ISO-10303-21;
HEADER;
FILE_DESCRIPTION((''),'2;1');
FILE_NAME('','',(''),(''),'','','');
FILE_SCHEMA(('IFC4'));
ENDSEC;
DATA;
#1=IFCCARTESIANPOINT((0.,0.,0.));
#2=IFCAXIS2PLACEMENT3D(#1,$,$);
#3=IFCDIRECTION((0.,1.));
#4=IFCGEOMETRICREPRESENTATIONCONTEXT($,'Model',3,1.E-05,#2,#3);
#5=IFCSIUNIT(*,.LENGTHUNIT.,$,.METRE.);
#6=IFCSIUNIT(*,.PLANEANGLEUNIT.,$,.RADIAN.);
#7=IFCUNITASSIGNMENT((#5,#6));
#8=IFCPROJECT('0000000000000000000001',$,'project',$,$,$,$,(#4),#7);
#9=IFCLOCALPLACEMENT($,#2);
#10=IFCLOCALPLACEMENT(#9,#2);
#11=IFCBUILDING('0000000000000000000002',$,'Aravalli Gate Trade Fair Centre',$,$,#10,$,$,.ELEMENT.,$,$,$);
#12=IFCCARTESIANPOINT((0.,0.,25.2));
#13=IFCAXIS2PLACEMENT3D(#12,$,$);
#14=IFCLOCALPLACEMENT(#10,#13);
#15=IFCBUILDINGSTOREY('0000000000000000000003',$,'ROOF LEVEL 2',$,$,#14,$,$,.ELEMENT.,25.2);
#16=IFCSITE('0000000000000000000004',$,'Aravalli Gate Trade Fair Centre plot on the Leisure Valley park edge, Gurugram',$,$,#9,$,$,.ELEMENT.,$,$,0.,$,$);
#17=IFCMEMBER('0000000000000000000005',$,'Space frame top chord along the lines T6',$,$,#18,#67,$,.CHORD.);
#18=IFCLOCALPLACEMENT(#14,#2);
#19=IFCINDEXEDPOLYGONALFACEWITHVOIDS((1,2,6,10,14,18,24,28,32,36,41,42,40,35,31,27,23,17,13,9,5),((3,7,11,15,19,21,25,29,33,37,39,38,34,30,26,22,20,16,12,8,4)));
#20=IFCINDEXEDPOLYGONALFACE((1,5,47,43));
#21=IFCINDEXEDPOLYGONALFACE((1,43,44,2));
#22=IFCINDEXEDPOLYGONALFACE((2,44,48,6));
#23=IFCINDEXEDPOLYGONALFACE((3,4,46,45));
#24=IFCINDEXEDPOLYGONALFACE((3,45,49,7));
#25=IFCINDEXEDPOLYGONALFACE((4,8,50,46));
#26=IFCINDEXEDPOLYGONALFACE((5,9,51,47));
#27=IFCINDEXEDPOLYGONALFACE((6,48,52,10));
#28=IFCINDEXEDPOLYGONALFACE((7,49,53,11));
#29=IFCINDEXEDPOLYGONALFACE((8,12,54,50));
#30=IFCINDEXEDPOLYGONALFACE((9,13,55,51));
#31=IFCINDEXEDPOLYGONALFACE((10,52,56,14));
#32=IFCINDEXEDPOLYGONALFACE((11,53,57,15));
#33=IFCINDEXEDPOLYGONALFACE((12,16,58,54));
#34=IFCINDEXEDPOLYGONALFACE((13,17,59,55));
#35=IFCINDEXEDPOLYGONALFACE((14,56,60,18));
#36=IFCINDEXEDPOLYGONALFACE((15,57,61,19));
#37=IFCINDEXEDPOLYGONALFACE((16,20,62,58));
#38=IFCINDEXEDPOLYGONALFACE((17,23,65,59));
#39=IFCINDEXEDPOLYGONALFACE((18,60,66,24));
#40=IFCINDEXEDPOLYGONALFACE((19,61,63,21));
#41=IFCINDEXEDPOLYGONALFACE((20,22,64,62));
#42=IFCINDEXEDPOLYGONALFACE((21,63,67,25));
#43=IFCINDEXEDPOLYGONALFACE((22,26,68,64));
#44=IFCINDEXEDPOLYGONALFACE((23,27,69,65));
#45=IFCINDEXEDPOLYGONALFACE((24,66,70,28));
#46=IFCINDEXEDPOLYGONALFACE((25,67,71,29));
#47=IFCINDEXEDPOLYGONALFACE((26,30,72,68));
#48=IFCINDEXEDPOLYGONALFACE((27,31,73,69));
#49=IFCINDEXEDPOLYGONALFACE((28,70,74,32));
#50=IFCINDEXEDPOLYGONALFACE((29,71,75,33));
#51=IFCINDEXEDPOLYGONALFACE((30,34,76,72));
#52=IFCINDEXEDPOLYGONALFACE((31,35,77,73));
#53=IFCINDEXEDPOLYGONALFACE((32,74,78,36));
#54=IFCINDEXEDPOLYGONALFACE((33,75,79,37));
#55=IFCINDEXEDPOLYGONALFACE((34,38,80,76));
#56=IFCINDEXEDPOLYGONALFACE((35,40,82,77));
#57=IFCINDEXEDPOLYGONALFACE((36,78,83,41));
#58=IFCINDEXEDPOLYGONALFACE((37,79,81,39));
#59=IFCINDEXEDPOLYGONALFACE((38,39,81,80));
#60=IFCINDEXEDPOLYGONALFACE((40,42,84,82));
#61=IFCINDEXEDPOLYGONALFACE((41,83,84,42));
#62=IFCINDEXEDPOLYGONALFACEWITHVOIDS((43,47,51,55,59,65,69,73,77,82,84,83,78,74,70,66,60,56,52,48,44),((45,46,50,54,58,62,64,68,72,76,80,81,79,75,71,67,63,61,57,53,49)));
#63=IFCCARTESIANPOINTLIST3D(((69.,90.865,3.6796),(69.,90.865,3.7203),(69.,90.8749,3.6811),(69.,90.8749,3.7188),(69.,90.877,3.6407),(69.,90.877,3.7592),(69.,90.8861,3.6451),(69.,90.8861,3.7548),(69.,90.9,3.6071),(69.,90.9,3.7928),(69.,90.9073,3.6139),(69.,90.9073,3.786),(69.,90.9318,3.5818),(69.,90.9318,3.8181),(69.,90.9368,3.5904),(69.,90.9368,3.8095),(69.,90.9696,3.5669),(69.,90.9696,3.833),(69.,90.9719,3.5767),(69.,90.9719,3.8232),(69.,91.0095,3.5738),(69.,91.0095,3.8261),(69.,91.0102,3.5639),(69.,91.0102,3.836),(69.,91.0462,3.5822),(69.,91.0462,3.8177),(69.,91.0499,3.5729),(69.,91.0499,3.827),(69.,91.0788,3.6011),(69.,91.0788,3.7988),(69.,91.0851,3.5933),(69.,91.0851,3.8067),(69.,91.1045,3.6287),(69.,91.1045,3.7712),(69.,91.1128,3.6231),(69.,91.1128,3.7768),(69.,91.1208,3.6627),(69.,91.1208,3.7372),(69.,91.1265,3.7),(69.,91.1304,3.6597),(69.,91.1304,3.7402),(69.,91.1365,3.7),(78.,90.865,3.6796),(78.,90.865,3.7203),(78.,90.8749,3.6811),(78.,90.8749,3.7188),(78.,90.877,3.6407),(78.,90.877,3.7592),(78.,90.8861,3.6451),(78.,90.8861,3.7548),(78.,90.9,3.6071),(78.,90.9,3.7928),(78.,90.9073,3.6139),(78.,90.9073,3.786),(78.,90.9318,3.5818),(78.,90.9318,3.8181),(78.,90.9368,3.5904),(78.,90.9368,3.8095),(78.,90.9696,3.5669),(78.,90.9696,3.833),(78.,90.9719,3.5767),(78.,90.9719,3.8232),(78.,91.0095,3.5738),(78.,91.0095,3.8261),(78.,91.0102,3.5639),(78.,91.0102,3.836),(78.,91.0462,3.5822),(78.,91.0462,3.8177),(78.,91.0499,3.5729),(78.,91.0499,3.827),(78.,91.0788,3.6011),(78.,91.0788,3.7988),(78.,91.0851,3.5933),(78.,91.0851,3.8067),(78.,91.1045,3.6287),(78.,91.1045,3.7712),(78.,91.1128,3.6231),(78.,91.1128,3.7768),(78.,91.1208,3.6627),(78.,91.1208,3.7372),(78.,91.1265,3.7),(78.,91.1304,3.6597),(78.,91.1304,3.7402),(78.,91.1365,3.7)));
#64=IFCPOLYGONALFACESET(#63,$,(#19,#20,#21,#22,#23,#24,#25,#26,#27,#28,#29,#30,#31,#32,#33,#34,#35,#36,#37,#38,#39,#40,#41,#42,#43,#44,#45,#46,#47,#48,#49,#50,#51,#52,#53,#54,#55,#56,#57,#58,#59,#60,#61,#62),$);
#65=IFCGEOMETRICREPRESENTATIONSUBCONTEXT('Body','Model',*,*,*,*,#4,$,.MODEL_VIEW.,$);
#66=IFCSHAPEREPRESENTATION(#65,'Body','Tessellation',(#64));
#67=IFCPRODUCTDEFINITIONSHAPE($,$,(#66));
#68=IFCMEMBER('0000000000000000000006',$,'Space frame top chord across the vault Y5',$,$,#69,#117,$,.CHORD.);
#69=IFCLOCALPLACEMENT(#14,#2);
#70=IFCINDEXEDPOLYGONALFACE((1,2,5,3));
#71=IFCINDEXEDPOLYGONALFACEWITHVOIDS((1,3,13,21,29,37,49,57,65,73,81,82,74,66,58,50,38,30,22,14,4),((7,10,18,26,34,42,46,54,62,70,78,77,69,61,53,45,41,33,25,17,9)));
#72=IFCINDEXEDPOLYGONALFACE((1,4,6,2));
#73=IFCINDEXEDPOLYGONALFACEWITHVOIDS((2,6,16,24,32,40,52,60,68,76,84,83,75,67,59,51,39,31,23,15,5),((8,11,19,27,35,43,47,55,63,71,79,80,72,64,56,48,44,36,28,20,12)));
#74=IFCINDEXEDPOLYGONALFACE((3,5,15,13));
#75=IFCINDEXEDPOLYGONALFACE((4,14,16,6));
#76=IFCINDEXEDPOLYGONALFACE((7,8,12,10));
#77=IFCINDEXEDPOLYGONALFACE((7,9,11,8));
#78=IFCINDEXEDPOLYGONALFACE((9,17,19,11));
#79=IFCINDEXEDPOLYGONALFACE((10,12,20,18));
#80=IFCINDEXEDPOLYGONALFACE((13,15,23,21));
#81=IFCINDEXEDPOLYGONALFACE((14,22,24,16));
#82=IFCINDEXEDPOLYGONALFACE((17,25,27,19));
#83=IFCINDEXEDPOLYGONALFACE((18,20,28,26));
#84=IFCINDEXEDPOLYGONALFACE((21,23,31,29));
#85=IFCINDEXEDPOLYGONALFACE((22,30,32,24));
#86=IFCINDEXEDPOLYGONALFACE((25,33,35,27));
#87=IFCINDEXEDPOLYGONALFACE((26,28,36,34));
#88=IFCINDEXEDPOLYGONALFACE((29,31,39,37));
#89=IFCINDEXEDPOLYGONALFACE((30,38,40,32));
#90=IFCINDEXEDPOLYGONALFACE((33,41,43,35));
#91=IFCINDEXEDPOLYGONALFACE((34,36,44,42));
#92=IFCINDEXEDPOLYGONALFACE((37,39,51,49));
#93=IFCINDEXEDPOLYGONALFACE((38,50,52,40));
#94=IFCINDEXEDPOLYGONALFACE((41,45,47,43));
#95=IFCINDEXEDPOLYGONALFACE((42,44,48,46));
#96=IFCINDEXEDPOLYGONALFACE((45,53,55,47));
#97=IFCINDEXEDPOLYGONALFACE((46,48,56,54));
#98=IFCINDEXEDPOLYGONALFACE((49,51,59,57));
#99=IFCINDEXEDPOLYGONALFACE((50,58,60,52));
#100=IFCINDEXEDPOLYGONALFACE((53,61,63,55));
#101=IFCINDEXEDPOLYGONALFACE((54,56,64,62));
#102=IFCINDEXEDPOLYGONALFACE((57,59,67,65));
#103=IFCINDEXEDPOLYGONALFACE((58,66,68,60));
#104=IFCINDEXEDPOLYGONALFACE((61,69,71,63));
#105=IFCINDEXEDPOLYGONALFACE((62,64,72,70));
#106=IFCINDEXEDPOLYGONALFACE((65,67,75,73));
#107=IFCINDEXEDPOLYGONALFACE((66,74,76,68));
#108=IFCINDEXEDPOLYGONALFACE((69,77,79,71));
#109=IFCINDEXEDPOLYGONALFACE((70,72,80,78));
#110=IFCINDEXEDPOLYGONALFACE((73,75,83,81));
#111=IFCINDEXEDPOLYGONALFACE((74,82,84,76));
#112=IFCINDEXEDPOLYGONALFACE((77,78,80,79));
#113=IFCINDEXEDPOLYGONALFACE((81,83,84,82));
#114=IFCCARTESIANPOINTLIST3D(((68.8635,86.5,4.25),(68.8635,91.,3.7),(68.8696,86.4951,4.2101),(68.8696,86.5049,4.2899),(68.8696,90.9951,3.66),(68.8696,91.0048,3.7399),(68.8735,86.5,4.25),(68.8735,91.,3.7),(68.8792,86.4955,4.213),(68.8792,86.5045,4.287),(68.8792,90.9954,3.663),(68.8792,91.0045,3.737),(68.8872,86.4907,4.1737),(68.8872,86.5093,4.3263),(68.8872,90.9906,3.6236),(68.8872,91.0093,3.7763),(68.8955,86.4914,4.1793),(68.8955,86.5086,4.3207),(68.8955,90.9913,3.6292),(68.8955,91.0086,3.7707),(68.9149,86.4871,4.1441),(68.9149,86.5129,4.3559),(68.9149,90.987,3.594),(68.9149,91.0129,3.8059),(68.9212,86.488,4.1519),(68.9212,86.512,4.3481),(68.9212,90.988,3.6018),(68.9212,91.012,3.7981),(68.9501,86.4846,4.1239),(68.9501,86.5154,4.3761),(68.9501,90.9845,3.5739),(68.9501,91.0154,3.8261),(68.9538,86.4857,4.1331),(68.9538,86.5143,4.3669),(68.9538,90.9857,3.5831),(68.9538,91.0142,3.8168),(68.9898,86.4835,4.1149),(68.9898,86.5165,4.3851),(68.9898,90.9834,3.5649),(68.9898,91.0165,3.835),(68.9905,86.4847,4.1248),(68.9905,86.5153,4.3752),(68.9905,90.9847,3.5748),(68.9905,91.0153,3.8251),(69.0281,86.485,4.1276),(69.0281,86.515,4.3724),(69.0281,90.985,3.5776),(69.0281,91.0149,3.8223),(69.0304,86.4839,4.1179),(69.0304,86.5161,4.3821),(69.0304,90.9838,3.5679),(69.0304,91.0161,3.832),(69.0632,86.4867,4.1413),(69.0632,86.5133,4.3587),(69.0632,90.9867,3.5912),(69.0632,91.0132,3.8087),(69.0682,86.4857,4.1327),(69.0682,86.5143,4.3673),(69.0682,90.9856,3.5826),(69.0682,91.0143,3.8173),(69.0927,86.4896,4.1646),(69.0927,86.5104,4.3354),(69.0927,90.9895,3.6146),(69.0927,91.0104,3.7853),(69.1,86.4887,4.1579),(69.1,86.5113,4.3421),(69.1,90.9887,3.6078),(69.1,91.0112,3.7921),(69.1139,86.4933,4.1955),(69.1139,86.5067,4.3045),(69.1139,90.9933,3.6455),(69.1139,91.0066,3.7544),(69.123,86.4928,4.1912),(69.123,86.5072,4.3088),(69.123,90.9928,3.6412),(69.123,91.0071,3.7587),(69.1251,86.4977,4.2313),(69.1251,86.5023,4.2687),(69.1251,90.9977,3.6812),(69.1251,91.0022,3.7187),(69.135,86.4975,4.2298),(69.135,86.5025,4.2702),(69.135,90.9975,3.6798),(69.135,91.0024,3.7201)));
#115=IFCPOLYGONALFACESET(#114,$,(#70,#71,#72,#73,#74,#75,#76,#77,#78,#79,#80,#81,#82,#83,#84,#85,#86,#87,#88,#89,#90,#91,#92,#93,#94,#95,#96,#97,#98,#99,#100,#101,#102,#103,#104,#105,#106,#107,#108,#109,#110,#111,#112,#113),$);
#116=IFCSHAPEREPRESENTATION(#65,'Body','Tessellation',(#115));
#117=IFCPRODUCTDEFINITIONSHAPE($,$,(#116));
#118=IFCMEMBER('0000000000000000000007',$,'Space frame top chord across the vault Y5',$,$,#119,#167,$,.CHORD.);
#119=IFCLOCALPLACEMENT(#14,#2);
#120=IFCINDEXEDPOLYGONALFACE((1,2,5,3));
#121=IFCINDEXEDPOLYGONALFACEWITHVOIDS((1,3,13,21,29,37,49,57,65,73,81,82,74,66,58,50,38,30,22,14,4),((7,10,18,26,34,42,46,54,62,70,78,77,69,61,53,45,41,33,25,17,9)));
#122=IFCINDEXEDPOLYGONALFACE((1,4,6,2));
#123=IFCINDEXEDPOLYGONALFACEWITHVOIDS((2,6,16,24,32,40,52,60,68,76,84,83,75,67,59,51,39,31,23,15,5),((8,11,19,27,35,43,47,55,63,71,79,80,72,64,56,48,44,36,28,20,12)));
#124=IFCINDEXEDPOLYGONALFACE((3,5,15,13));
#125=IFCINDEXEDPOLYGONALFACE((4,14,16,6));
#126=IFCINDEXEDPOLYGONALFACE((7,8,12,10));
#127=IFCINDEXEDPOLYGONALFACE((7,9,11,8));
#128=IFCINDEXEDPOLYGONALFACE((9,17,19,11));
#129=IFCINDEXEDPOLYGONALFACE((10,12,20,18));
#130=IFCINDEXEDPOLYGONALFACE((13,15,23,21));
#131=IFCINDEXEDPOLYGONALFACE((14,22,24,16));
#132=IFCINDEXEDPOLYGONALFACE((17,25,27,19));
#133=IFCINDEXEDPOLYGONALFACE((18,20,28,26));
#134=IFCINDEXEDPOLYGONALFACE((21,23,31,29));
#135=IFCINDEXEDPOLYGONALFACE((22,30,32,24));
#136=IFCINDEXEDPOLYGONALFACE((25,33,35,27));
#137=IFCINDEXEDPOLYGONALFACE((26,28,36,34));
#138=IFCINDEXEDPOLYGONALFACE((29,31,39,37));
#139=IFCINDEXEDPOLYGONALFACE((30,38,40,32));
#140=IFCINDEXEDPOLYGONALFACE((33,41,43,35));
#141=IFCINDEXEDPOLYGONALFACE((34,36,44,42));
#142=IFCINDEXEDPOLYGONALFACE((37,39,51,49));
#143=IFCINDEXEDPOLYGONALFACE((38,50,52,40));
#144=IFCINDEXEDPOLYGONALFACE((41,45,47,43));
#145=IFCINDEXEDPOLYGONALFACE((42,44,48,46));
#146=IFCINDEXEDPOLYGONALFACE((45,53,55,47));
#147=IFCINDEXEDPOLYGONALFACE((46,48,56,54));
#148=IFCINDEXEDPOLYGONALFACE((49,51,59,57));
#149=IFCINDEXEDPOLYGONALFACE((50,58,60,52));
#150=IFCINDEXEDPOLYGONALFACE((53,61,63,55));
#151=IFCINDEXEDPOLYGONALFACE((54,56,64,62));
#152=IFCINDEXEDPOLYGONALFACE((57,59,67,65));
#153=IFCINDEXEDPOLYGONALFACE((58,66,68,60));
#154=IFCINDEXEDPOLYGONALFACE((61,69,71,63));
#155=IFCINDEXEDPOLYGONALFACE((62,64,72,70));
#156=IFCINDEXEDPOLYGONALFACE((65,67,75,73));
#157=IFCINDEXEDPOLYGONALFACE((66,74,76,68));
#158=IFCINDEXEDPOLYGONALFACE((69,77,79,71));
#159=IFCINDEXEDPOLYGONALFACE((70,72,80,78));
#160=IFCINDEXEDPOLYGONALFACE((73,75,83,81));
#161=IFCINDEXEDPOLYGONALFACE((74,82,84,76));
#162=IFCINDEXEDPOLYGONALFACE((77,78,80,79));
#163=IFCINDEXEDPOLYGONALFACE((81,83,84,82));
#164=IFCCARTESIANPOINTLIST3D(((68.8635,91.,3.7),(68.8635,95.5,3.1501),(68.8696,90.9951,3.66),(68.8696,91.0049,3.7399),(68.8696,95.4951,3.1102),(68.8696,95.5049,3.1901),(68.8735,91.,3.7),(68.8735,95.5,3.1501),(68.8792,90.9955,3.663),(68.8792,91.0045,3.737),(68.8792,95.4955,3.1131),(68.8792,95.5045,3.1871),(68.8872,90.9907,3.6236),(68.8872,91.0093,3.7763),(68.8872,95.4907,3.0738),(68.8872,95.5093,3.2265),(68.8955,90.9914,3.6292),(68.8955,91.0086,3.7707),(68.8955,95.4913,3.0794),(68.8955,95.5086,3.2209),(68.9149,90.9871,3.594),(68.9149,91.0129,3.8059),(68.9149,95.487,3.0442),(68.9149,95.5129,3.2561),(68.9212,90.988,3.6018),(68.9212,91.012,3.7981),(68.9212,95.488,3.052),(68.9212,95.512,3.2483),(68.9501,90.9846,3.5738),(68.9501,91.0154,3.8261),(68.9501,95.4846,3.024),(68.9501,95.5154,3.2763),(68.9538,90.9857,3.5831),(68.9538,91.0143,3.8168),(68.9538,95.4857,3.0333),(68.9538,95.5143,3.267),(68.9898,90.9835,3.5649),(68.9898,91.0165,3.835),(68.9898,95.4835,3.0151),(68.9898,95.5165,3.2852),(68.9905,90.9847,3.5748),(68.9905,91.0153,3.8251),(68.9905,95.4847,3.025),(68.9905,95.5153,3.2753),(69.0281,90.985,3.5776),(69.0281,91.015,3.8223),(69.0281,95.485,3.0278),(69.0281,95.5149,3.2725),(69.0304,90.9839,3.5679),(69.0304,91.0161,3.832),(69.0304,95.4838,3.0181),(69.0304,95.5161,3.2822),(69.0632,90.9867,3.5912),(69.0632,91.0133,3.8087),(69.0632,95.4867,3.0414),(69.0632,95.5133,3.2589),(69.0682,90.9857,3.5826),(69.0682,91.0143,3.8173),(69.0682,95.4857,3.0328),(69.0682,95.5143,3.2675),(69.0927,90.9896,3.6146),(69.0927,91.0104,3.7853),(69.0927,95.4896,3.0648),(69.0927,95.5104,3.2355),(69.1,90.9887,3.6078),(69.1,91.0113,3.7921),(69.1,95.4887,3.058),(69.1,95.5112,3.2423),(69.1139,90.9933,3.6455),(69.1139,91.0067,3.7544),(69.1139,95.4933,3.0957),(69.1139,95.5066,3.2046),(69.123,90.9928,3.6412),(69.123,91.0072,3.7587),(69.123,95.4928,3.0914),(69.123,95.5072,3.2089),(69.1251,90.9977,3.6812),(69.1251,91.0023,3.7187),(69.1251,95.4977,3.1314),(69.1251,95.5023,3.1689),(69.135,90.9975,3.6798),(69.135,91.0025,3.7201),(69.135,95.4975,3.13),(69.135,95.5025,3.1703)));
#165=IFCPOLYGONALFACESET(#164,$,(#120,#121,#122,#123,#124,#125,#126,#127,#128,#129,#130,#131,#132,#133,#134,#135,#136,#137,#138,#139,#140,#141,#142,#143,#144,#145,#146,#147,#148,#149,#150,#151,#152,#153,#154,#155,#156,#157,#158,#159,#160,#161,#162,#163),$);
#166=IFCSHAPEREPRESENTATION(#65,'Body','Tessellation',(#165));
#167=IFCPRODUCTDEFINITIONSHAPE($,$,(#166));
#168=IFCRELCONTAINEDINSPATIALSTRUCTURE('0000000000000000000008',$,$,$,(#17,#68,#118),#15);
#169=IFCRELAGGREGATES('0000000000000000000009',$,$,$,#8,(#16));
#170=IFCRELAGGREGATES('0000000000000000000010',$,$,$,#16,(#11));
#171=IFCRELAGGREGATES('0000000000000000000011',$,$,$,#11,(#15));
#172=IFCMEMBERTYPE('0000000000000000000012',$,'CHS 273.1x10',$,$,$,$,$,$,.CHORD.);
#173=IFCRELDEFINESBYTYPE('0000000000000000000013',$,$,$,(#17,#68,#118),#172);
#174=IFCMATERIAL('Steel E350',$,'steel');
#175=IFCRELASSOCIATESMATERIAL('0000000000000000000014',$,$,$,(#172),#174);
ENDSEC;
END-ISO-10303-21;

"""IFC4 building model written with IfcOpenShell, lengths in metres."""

from ifc_helpers import new_model, si_unit, direction, frame, origin, origin_2d, place, context, subcontext, project, spatial, hollow_circle, extrude, material, material_profile, profile_set, type_object, element, save


model = new_model("IFC4")

# Units and contexts
model_context = context("Model", 3, precision=1e-05, world=origin(), true_north=direction((0.0, 1.0)))
body_context = subcontext(model_context, "Body", "Model", "MODEL_VIEW")
ifc_project = project(units=[si_unit("LENGTHUNIT", "METRE"), si_unit("PLANEANGLEUNIT", "RADIAN")], contexts=[model_context])

# Site, building, storey
site_placement = place(None, origin())
site = spatial("IfcSite", under=ifc_project, at=site_placement, Name="Aravalli Gate Trade Fair Centre plot on the Leisure Valley park edge, Gurugram", CompositionType="ELEMENT", RefElevation=0.0)
building_placement = place(site_placement, origin())
building = spatial("IfcBuilding", under=site, at=building_placement, Name="Aravalli Gate Trade Fair Centre", CompositionType="ELEMENT")
storey_placement = place(building_placement, frame((0.0, 0.0, 25.2)))
storey = spatial("IfcBuildingStorey", under=building, at=storey_placement, Name="ROOF LEVEL 2", CompositionType="ELEMENT", Elevation=25.2)

# Members
ifc_material_1 = material(Name="Steel E350", Category="steel")
ifc_material_profile_1 = material_profile(ifc_material_1, hollow_circle(Radius=0.1365, WallThickness=0.01, at=origin_2d()), Name="CHS 273.1x10")
ifc_profile_set_1 = profile_set([ifc_material_profile_1], Name="Steel E350")
member_type_1 = type_object("IfcMemberType", Name="CHS 273.1x10", PredefinedType="CHORD", material=ifc_profile_set_1)
for number, where, z_axis, x_axis, name in (
    (1, (69.0, 91.0, 3.7), (1.0, 0.0, 0.0), (0.0, 1.0, 0.0), "Space frame top chord along the lines T6"),
):
    element("IfcMember", number, at=place(storey_placement, frame(where, z_axis=z_axis, x_axis=x_axis)), inside=storey, type_object=member_type_1, Name=name, PredefinedType="CHORD", context=body_context, shape_type="SweptSolid", body=[
        extrude(hollow_circle(Radius=0.1365, WallThickness=0.01, at=origin_2d()), origin(), (0.0, 0.0, 1.0), 9.0),
    ])
for number, where, z_axis, x_axis, name in (
    (2, (69.0, 86.5, 4.25), (0.0, 0.992612, -0.12133), (-1.0, 0.0, 0.0), "Space frame top chord across the vault Y5"),
    (3, (69.0, 91.0, 3.7), (0.0, 0.992619, -0.121277), (-1.0, 0.0, 0.0), "Space frame top chord across the vault Y5"),
):
    element("IfcMember", number, at=place(storey_placement, frame(where, z_axis=z_axis, x_axis=x_axis)), inside=storey, type_object=member_type_1, Name=name, PredefinedType="CHORD", context=body_context, shape_type="SweptSolid", body=[
        extrude(hollow_circle(Radius=0.1365, WallThickness=0.01, at=origin_2d()), origin(), (0.0, 0.0, 1.0), 4.5334),
    ])

save(model, "model.ifc")
